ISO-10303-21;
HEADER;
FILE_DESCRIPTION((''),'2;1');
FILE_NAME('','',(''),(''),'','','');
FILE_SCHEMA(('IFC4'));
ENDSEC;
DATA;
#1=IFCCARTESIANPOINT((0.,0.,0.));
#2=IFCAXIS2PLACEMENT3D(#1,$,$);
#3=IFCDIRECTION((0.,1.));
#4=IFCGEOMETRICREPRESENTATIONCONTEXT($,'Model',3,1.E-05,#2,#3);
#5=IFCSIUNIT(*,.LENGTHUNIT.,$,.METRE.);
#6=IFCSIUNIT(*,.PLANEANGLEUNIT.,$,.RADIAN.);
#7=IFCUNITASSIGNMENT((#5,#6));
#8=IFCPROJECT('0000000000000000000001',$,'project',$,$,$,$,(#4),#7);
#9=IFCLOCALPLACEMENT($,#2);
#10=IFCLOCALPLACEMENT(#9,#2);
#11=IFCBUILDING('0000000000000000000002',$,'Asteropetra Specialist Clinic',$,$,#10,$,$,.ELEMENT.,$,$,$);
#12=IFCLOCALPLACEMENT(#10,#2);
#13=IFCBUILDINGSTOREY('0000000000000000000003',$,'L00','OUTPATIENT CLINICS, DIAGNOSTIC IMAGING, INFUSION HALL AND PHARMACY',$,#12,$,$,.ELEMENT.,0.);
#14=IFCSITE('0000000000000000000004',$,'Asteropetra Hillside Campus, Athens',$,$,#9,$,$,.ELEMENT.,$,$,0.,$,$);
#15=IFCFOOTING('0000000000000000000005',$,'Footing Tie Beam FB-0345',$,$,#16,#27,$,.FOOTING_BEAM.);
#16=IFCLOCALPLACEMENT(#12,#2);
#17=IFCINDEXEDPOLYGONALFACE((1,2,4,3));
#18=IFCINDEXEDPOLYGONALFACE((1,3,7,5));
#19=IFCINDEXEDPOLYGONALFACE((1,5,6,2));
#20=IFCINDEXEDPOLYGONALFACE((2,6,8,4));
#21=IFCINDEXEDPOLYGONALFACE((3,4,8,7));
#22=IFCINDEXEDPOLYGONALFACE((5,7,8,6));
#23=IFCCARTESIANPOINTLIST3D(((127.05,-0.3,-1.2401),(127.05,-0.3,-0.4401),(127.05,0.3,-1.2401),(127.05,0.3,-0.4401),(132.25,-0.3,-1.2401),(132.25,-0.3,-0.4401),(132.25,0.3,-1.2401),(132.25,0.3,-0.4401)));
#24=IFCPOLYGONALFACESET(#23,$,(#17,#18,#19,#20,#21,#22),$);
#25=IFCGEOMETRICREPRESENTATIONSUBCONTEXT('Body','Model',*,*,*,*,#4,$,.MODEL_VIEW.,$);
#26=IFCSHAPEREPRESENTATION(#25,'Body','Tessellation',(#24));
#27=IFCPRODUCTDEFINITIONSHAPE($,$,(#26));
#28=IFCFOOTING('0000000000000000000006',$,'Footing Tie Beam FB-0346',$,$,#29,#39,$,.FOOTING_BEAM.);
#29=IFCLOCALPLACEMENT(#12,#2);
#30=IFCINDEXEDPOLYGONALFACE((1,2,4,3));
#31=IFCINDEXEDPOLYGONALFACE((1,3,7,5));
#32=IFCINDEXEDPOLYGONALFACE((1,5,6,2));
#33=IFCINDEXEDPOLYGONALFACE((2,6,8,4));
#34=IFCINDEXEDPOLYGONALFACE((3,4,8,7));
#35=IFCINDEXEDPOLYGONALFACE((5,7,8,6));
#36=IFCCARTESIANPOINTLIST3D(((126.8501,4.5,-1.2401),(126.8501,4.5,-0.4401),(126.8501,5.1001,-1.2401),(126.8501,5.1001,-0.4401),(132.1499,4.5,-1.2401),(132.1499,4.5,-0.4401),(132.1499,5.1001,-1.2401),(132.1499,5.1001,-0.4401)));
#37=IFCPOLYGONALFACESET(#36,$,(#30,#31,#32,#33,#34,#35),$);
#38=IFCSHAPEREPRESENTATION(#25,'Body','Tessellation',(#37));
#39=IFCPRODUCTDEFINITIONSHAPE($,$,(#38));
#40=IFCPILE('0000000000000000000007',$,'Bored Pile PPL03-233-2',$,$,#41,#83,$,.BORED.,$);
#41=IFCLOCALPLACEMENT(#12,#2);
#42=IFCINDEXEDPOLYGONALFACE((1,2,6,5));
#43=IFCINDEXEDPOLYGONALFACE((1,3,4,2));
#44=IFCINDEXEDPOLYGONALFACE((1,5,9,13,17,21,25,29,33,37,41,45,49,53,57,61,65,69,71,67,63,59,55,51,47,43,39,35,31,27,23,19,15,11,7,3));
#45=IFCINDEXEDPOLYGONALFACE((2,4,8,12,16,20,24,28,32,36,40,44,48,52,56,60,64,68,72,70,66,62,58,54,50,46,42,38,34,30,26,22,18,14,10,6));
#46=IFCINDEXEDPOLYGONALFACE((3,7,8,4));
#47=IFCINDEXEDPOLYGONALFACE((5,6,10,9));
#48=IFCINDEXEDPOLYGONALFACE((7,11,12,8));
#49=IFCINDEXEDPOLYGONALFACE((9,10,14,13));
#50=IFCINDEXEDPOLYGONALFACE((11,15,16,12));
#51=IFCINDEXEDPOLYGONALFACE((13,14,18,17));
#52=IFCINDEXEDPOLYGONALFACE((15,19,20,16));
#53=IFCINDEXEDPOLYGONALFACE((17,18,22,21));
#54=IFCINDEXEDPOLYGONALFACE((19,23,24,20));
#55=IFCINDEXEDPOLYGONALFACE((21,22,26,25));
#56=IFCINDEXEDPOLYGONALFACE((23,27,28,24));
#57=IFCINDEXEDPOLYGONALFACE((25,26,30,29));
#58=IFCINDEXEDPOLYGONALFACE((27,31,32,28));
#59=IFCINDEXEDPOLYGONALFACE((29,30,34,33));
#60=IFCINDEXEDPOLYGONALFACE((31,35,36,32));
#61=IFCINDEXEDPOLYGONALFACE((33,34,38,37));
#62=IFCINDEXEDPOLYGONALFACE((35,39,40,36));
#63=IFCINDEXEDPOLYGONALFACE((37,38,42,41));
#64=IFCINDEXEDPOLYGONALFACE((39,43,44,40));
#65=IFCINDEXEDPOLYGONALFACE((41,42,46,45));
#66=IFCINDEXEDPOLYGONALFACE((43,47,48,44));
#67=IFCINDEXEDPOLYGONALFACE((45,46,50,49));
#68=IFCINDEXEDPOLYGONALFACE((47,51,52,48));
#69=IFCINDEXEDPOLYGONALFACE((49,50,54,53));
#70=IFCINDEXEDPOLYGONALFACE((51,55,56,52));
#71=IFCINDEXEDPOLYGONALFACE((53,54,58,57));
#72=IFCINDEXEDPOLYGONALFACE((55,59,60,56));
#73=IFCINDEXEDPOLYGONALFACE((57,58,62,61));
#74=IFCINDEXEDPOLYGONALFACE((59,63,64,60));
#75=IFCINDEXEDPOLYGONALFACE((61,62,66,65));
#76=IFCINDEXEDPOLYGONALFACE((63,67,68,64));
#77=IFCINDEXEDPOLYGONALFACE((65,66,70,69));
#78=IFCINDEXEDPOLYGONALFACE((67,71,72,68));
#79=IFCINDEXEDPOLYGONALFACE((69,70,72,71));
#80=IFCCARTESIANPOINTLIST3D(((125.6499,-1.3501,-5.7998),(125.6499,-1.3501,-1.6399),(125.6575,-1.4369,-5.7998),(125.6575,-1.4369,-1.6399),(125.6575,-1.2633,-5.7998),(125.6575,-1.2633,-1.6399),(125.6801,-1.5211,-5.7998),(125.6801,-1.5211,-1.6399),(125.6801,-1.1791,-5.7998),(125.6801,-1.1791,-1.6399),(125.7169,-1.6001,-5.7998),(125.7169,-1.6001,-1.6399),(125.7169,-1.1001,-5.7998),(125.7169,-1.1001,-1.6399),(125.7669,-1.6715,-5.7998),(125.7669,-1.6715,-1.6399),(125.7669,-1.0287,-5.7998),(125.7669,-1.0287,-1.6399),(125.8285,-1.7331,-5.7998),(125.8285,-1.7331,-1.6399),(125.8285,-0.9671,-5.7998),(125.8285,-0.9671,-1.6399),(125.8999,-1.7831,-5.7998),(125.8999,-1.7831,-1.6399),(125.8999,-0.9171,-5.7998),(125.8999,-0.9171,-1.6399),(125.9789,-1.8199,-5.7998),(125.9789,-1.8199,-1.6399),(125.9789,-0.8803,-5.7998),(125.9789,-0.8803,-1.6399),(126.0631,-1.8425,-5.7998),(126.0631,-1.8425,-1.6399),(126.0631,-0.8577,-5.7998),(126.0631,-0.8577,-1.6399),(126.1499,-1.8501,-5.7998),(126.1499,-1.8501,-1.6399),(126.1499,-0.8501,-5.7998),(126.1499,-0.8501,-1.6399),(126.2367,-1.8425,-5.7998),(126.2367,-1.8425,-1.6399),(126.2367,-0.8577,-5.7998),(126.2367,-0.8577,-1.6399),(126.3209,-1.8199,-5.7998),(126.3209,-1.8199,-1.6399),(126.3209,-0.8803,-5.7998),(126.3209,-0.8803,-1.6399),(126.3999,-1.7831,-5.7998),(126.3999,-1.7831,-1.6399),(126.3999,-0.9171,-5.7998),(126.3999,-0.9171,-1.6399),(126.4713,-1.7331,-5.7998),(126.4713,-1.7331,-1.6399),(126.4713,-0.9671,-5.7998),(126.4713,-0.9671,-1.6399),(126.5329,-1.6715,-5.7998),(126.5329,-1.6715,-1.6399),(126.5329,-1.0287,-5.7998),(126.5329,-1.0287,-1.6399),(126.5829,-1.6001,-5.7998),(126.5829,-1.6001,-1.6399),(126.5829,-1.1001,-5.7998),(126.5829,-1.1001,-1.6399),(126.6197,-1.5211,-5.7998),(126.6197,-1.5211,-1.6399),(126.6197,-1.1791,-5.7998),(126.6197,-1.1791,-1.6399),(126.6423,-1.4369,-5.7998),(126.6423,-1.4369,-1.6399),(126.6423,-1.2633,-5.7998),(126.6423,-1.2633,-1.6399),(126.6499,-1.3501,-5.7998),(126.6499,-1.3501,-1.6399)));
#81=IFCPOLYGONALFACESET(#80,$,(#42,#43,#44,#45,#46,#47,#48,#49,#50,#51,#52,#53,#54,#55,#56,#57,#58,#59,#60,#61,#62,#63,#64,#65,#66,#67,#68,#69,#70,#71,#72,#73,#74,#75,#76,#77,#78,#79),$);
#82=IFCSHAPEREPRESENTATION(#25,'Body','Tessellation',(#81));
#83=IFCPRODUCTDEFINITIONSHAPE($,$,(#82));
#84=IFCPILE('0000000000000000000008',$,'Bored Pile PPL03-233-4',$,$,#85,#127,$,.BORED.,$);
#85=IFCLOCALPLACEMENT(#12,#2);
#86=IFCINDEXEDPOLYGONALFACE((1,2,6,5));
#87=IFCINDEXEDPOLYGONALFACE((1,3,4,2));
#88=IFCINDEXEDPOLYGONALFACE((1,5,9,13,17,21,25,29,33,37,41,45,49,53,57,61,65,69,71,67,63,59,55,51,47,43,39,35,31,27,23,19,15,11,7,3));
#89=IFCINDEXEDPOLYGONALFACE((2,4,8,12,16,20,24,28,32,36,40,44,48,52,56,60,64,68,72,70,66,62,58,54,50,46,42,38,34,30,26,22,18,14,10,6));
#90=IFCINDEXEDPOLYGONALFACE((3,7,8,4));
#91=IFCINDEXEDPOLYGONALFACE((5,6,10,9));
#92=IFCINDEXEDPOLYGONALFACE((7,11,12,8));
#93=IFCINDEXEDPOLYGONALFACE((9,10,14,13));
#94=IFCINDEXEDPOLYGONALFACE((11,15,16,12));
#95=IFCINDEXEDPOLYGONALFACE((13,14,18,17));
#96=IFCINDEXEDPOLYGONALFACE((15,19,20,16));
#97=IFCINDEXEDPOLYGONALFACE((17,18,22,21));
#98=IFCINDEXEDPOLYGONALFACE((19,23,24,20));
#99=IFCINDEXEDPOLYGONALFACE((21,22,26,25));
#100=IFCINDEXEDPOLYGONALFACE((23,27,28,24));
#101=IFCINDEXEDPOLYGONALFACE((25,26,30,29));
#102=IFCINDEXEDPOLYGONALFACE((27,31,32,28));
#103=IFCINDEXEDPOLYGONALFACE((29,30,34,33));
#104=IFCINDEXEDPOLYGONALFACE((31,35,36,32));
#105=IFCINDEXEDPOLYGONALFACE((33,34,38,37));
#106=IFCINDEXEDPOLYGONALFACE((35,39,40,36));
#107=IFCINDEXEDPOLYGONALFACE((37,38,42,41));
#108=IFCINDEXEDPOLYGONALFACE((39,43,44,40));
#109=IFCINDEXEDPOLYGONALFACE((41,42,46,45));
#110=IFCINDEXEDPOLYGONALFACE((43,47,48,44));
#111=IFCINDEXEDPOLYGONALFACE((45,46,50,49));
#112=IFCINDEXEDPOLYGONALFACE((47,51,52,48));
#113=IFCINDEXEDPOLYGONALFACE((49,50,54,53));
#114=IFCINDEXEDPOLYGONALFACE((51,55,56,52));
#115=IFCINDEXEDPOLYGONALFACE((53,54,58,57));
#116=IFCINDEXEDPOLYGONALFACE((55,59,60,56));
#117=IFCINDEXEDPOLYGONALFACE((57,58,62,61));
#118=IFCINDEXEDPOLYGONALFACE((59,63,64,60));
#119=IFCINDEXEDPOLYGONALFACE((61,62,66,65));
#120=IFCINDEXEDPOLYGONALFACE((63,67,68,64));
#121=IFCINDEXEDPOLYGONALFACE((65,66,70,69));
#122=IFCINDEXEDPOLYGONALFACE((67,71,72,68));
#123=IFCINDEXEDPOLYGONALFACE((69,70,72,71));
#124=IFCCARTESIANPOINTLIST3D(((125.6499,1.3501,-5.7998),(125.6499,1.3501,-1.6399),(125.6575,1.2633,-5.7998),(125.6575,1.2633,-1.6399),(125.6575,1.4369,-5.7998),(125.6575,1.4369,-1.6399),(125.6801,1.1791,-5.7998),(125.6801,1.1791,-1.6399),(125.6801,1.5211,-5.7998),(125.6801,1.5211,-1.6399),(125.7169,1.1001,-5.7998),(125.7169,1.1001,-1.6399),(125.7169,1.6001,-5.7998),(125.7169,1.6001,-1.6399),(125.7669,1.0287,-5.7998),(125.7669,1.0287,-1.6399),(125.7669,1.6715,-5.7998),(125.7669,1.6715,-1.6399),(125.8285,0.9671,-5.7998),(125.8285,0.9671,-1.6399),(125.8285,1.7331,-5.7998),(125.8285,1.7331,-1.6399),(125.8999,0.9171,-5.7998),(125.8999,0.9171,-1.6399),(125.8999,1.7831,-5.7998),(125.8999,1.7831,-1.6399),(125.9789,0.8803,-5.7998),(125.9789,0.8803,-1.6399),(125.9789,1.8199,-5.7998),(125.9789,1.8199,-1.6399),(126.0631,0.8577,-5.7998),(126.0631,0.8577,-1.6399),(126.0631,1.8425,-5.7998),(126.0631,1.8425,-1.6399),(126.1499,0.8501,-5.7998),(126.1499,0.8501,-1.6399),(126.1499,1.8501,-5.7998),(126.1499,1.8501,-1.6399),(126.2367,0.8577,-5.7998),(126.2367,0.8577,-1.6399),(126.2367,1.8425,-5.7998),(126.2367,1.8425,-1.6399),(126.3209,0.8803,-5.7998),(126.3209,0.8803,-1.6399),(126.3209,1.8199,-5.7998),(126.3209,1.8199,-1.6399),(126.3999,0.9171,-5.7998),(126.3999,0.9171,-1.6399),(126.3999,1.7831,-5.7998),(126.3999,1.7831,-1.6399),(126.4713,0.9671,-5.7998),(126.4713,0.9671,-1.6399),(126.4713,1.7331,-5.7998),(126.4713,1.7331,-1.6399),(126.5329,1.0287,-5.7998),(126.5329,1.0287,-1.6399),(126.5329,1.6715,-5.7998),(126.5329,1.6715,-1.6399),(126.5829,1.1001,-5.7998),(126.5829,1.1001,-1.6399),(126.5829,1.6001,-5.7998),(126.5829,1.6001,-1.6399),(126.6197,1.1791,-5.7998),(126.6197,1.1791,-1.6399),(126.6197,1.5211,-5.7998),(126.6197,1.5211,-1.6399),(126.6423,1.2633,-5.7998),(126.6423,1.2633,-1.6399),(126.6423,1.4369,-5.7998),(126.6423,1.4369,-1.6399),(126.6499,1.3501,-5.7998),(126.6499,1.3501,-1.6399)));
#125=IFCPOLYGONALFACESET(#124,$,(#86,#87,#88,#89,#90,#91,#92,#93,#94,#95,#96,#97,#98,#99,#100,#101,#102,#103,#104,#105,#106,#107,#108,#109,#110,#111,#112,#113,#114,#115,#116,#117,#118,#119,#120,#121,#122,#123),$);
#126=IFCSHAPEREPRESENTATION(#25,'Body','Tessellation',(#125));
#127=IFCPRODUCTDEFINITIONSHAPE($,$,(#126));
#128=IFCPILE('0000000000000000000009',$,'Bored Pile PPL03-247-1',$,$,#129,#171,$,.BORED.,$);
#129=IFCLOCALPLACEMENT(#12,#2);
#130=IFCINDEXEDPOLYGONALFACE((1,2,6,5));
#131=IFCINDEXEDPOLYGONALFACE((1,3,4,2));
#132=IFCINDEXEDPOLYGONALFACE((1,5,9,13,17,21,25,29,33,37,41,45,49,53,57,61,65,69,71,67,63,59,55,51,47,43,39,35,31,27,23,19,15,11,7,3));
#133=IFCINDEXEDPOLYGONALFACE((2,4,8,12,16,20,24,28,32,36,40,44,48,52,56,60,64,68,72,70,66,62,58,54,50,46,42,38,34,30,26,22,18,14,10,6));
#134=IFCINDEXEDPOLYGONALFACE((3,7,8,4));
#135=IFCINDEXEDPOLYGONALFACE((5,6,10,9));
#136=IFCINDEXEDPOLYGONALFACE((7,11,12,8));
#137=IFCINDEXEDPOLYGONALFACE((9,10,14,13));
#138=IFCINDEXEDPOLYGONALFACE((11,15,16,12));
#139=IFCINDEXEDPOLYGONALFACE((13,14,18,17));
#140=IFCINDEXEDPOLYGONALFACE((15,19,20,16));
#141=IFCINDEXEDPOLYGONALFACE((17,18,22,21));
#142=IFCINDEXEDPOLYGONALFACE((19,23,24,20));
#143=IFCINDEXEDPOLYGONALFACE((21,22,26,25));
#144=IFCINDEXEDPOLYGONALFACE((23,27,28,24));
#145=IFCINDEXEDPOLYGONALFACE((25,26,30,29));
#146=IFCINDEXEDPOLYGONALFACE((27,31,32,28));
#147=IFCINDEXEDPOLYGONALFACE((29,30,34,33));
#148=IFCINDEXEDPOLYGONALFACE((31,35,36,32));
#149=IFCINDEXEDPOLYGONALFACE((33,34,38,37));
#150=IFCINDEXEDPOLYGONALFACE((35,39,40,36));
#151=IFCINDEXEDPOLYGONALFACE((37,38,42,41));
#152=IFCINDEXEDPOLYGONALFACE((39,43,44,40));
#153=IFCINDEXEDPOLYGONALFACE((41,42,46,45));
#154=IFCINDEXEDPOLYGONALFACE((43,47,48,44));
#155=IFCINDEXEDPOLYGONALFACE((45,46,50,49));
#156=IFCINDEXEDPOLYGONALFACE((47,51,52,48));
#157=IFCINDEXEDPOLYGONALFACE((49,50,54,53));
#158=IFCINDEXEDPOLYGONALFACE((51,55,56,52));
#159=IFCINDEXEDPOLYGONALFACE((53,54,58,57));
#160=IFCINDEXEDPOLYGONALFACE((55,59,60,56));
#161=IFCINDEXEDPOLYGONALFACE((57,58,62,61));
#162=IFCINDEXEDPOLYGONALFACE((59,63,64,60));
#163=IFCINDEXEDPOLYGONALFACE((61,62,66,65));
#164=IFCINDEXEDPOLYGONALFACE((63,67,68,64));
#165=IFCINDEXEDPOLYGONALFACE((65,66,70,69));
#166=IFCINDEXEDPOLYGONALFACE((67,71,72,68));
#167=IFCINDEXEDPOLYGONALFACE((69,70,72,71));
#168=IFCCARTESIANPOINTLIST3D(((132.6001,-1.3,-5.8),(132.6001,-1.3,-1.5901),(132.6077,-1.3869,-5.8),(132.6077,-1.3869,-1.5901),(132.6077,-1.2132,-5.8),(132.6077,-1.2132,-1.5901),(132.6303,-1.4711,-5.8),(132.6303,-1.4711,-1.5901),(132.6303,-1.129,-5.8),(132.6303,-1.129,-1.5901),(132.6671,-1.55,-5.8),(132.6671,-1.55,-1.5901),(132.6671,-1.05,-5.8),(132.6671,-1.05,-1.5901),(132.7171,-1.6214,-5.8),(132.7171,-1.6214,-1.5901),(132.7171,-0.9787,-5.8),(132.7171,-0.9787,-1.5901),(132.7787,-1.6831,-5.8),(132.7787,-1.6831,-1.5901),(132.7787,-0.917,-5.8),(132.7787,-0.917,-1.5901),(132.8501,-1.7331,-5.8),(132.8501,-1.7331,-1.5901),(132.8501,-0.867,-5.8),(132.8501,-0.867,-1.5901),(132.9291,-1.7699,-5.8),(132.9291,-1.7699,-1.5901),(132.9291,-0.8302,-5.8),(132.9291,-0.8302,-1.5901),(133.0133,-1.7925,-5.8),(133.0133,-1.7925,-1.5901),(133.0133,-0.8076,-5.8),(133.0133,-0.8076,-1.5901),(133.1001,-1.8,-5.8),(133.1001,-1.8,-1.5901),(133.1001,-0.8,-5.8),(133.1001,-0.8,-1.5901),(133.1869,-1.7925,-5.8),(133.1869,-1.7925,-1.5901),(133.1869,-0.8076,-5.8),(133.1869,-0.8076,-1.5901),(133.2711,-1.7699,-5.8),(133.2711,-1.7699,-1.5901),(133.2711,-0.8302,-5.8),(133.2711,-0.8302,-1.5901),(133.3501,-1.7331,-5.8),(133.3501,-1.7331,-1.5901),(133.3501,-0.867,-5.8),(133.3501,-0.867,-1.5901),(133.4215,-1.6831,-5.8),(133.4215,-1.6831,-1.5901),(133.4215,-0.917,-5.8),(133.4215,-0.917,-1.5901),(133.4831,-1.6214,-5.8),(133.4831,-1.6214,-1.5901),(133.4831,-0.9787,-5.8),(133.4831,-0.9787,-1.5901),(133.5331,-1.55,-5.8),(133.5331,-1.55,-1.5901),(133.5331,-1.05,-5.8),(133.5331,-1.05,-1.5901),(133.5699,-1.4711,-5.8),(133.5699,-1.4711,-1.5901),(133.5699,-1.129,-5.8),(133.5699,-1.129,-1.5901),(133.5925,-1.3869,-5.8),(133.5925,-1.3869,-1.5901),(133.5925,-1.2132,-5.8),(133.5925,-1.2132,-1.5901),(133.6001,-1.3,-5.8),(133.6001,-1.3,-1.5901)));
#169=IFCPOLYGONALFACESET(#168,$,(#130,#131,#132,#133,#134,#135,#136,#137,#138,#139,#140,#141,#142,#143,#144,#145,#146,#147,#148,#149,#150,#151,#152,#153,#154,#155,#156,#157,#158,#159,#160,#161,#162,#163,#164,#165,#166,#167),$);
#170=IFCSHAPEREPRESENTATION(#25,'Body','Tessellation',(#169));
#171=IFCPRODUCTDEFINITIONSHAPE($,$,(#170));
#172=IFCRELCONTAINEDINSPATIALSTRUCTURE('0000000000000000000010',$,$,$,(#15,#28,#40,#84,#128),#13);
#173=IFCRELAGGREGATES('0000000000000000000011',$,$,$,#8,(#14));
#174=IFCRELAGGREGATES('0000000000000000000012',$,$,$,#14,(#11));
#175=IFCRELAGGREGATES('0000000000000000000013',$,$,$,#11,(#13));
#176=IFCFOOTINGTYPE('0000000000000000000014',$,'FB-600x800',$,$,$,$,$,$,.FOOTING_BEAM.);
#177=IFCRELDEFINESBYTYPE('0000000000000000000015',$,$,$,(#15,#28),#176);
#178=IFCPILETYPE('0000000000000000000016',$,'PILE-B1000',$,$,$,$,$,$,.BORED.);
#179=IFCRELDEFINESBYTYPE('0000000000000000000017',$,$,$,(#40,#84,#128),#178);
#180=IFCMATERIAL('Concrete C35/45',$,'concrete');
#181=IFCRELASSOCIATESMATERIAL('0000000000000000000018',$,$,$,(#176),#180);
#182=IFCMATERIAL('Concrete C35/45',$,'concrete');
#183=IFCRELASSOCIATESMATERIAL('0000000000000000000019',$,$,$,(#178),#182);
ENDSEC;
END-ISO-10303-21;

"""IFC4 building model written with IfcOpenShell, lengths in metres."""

from ifc_helpers import new_model, si_unit, direction, frame, origin, origin_2d, place, context, subcontext, project, spatial, rectangle, circle, extrude, material, material_profile, profile_set, type_object, element, save


model = new_model("IFC4")

# Units and contexts
model_context = context("Model", 3, precision=1e-05, world=origin(), true_north=direction((0.0, 1.0)))
body_context = subcontext(model_context, "Body", "Model", "MODEL_VIEW")
ifc_project = project(units=[si_unit("LENGTHUNIT", "METRE"), si_unit("PLANEANGLEUNIT", "RADIAN")], contexts=[model_context])

# Site, building, storey
site_placement = place(None, origin())
site = spatial("IfcSite", under=ifc_project, at=site_placement, Name="Asteropetra Hillside Campus, Athens", CompositionType="ELEMENT", RefElevation=0.0)
building_placement = place(site_placement, origin())
building = spatial("IfcBuilding", under=site, at=building_placement, Name="Asteropetra Specialist Clinic", CompositionType="ELEMENT")
storey_placement = place(building_placement, origin())
storey = spatial("IfcBuildingStorey", under=building, at=storey_placement, Name="L00", Description="OUTPATIENT CLINICS, DIAGNOSTIC IMAGING, INFUSION HALL AND PHARMACY", CompositionType="ELEMENT", Elevation=0.0)

# Footings
ifc_material_1 = material(Name="Concrete C35/45", Category="concrete")
ifc_material_profile_1 = material_profile(ifc_material_1, rectangle(XDim=0.6001, YDim=0.8, at=origin_2d()), Name="FB 600x800")
ifc_profile_set_1 = profile_set([ifc_material_profile_1], Name="Concrete C35/45")
footing_type = type_object("IfcFootingType", Name="FB-600x800", PredefinedType="FOOTING_BEAM", material=ifc_profile_set_1)
footing_1_placement = place(storey_placement, frame((127.05, 0.0, -0.8401), z_axis=(1.0, 0.0, 0.0), x_axis=(0.0, 1.0, 0.0)))
element("IfcFooting", 1, at=footing_1_placement, inside=storey, type_object=footing_type, Name="Footing Tie Beam FB-0345", PredefinedType="FOOTING_BEAM", context=body_context, shape_type="SweptSolid", body=[
    extrude(rectangle(XDim=0.6001, YDim=0.8, at=origin_2d()), origin(), (0.0, 0.0, 1.0), 5.2),
])
footing_2_placement = place(storey_placement, frame((126.8501, 4.8, -0.8401), z_axis=(1.0, 0.0, 0.0), x_axis=(0.0, 1.0, 0.0)))
element("IfcFooting", 2, at=footing_2_placement, inside=storey, type_object=footing_type, Name="Footing Tie Beam FB-0346", PredefinedType="FOOTING_BEAM", context=body_context, shape_type="SweptSolid", body=[
    extrude(rectangle(XDim=0.6001, YDim=0.8, at=origin_2d()), origin(), (0.0, 0.0, 1.0), 5.2998),
])

# Piles
ifc_material_2 = material(Name="Concrete C35/45", Category="concrete")
ifc_material_profile_2 = material_profile(ifc_material_2, circle(Radius=0.5, at=origin_2d()), Name="PILE D1000")
ifc_profile_set_2 = profile_set([ifc_material_profile_2], Name="Concrete C35/45")
pile_type_1 = type_object("IfcPileType", Name="PILE-B1000", PredefinedType="BORED", material=ifc_profile_set_2)
for number, where, z_axis, x_axis, name in (
    (3, (126.1499, -1.3501, -1.6399), (0.0, 0.0, -1.0), (1.0, 0.0, 0.0), "Bored Pile PPL03-233-2"),
    (4, (126.1499, 1.3501, -1.6399), (0.0, 0.0, -1.0), (1.0, 0.0, 0.0), "Bored Pile PPL03-233-4"),
):
    element("IfcPile", number, at=place(storey_placement, frame(where, z_axis=z_axis, x_axis=x_axis)), inside=storey, type_object=pile_type_1, Name=name, PredefinedType="BORED", context=body_context, shape_type="SweptSolid", body=[
        extrude(circle(Radius=0.5, at=origin_2d()), origin(), (0.0, 0.0, 1.0), 4.1599),
    ])
pile_1_placement = place(storey_placement, frame((133.1001, -1.3, -1.5901), z_axis=(0.0, 0.0, -1.0), x_axis=(1.0, 0.0, 0.0)))
element("IfcPile", 5, at=pile_1_placement, inside=storey, type_object=pile_type_1, Name="Bored Pile PPL03-247-1", PredefinedType="BORED", context=body_context, shape_type="SweptSolid", body=[
    extrude(circle(Radius=0.5, at=origin_2d()), origin(), (0.0, 0.0, 1.0), 4.21),
])

save(model, "model.ifc")
